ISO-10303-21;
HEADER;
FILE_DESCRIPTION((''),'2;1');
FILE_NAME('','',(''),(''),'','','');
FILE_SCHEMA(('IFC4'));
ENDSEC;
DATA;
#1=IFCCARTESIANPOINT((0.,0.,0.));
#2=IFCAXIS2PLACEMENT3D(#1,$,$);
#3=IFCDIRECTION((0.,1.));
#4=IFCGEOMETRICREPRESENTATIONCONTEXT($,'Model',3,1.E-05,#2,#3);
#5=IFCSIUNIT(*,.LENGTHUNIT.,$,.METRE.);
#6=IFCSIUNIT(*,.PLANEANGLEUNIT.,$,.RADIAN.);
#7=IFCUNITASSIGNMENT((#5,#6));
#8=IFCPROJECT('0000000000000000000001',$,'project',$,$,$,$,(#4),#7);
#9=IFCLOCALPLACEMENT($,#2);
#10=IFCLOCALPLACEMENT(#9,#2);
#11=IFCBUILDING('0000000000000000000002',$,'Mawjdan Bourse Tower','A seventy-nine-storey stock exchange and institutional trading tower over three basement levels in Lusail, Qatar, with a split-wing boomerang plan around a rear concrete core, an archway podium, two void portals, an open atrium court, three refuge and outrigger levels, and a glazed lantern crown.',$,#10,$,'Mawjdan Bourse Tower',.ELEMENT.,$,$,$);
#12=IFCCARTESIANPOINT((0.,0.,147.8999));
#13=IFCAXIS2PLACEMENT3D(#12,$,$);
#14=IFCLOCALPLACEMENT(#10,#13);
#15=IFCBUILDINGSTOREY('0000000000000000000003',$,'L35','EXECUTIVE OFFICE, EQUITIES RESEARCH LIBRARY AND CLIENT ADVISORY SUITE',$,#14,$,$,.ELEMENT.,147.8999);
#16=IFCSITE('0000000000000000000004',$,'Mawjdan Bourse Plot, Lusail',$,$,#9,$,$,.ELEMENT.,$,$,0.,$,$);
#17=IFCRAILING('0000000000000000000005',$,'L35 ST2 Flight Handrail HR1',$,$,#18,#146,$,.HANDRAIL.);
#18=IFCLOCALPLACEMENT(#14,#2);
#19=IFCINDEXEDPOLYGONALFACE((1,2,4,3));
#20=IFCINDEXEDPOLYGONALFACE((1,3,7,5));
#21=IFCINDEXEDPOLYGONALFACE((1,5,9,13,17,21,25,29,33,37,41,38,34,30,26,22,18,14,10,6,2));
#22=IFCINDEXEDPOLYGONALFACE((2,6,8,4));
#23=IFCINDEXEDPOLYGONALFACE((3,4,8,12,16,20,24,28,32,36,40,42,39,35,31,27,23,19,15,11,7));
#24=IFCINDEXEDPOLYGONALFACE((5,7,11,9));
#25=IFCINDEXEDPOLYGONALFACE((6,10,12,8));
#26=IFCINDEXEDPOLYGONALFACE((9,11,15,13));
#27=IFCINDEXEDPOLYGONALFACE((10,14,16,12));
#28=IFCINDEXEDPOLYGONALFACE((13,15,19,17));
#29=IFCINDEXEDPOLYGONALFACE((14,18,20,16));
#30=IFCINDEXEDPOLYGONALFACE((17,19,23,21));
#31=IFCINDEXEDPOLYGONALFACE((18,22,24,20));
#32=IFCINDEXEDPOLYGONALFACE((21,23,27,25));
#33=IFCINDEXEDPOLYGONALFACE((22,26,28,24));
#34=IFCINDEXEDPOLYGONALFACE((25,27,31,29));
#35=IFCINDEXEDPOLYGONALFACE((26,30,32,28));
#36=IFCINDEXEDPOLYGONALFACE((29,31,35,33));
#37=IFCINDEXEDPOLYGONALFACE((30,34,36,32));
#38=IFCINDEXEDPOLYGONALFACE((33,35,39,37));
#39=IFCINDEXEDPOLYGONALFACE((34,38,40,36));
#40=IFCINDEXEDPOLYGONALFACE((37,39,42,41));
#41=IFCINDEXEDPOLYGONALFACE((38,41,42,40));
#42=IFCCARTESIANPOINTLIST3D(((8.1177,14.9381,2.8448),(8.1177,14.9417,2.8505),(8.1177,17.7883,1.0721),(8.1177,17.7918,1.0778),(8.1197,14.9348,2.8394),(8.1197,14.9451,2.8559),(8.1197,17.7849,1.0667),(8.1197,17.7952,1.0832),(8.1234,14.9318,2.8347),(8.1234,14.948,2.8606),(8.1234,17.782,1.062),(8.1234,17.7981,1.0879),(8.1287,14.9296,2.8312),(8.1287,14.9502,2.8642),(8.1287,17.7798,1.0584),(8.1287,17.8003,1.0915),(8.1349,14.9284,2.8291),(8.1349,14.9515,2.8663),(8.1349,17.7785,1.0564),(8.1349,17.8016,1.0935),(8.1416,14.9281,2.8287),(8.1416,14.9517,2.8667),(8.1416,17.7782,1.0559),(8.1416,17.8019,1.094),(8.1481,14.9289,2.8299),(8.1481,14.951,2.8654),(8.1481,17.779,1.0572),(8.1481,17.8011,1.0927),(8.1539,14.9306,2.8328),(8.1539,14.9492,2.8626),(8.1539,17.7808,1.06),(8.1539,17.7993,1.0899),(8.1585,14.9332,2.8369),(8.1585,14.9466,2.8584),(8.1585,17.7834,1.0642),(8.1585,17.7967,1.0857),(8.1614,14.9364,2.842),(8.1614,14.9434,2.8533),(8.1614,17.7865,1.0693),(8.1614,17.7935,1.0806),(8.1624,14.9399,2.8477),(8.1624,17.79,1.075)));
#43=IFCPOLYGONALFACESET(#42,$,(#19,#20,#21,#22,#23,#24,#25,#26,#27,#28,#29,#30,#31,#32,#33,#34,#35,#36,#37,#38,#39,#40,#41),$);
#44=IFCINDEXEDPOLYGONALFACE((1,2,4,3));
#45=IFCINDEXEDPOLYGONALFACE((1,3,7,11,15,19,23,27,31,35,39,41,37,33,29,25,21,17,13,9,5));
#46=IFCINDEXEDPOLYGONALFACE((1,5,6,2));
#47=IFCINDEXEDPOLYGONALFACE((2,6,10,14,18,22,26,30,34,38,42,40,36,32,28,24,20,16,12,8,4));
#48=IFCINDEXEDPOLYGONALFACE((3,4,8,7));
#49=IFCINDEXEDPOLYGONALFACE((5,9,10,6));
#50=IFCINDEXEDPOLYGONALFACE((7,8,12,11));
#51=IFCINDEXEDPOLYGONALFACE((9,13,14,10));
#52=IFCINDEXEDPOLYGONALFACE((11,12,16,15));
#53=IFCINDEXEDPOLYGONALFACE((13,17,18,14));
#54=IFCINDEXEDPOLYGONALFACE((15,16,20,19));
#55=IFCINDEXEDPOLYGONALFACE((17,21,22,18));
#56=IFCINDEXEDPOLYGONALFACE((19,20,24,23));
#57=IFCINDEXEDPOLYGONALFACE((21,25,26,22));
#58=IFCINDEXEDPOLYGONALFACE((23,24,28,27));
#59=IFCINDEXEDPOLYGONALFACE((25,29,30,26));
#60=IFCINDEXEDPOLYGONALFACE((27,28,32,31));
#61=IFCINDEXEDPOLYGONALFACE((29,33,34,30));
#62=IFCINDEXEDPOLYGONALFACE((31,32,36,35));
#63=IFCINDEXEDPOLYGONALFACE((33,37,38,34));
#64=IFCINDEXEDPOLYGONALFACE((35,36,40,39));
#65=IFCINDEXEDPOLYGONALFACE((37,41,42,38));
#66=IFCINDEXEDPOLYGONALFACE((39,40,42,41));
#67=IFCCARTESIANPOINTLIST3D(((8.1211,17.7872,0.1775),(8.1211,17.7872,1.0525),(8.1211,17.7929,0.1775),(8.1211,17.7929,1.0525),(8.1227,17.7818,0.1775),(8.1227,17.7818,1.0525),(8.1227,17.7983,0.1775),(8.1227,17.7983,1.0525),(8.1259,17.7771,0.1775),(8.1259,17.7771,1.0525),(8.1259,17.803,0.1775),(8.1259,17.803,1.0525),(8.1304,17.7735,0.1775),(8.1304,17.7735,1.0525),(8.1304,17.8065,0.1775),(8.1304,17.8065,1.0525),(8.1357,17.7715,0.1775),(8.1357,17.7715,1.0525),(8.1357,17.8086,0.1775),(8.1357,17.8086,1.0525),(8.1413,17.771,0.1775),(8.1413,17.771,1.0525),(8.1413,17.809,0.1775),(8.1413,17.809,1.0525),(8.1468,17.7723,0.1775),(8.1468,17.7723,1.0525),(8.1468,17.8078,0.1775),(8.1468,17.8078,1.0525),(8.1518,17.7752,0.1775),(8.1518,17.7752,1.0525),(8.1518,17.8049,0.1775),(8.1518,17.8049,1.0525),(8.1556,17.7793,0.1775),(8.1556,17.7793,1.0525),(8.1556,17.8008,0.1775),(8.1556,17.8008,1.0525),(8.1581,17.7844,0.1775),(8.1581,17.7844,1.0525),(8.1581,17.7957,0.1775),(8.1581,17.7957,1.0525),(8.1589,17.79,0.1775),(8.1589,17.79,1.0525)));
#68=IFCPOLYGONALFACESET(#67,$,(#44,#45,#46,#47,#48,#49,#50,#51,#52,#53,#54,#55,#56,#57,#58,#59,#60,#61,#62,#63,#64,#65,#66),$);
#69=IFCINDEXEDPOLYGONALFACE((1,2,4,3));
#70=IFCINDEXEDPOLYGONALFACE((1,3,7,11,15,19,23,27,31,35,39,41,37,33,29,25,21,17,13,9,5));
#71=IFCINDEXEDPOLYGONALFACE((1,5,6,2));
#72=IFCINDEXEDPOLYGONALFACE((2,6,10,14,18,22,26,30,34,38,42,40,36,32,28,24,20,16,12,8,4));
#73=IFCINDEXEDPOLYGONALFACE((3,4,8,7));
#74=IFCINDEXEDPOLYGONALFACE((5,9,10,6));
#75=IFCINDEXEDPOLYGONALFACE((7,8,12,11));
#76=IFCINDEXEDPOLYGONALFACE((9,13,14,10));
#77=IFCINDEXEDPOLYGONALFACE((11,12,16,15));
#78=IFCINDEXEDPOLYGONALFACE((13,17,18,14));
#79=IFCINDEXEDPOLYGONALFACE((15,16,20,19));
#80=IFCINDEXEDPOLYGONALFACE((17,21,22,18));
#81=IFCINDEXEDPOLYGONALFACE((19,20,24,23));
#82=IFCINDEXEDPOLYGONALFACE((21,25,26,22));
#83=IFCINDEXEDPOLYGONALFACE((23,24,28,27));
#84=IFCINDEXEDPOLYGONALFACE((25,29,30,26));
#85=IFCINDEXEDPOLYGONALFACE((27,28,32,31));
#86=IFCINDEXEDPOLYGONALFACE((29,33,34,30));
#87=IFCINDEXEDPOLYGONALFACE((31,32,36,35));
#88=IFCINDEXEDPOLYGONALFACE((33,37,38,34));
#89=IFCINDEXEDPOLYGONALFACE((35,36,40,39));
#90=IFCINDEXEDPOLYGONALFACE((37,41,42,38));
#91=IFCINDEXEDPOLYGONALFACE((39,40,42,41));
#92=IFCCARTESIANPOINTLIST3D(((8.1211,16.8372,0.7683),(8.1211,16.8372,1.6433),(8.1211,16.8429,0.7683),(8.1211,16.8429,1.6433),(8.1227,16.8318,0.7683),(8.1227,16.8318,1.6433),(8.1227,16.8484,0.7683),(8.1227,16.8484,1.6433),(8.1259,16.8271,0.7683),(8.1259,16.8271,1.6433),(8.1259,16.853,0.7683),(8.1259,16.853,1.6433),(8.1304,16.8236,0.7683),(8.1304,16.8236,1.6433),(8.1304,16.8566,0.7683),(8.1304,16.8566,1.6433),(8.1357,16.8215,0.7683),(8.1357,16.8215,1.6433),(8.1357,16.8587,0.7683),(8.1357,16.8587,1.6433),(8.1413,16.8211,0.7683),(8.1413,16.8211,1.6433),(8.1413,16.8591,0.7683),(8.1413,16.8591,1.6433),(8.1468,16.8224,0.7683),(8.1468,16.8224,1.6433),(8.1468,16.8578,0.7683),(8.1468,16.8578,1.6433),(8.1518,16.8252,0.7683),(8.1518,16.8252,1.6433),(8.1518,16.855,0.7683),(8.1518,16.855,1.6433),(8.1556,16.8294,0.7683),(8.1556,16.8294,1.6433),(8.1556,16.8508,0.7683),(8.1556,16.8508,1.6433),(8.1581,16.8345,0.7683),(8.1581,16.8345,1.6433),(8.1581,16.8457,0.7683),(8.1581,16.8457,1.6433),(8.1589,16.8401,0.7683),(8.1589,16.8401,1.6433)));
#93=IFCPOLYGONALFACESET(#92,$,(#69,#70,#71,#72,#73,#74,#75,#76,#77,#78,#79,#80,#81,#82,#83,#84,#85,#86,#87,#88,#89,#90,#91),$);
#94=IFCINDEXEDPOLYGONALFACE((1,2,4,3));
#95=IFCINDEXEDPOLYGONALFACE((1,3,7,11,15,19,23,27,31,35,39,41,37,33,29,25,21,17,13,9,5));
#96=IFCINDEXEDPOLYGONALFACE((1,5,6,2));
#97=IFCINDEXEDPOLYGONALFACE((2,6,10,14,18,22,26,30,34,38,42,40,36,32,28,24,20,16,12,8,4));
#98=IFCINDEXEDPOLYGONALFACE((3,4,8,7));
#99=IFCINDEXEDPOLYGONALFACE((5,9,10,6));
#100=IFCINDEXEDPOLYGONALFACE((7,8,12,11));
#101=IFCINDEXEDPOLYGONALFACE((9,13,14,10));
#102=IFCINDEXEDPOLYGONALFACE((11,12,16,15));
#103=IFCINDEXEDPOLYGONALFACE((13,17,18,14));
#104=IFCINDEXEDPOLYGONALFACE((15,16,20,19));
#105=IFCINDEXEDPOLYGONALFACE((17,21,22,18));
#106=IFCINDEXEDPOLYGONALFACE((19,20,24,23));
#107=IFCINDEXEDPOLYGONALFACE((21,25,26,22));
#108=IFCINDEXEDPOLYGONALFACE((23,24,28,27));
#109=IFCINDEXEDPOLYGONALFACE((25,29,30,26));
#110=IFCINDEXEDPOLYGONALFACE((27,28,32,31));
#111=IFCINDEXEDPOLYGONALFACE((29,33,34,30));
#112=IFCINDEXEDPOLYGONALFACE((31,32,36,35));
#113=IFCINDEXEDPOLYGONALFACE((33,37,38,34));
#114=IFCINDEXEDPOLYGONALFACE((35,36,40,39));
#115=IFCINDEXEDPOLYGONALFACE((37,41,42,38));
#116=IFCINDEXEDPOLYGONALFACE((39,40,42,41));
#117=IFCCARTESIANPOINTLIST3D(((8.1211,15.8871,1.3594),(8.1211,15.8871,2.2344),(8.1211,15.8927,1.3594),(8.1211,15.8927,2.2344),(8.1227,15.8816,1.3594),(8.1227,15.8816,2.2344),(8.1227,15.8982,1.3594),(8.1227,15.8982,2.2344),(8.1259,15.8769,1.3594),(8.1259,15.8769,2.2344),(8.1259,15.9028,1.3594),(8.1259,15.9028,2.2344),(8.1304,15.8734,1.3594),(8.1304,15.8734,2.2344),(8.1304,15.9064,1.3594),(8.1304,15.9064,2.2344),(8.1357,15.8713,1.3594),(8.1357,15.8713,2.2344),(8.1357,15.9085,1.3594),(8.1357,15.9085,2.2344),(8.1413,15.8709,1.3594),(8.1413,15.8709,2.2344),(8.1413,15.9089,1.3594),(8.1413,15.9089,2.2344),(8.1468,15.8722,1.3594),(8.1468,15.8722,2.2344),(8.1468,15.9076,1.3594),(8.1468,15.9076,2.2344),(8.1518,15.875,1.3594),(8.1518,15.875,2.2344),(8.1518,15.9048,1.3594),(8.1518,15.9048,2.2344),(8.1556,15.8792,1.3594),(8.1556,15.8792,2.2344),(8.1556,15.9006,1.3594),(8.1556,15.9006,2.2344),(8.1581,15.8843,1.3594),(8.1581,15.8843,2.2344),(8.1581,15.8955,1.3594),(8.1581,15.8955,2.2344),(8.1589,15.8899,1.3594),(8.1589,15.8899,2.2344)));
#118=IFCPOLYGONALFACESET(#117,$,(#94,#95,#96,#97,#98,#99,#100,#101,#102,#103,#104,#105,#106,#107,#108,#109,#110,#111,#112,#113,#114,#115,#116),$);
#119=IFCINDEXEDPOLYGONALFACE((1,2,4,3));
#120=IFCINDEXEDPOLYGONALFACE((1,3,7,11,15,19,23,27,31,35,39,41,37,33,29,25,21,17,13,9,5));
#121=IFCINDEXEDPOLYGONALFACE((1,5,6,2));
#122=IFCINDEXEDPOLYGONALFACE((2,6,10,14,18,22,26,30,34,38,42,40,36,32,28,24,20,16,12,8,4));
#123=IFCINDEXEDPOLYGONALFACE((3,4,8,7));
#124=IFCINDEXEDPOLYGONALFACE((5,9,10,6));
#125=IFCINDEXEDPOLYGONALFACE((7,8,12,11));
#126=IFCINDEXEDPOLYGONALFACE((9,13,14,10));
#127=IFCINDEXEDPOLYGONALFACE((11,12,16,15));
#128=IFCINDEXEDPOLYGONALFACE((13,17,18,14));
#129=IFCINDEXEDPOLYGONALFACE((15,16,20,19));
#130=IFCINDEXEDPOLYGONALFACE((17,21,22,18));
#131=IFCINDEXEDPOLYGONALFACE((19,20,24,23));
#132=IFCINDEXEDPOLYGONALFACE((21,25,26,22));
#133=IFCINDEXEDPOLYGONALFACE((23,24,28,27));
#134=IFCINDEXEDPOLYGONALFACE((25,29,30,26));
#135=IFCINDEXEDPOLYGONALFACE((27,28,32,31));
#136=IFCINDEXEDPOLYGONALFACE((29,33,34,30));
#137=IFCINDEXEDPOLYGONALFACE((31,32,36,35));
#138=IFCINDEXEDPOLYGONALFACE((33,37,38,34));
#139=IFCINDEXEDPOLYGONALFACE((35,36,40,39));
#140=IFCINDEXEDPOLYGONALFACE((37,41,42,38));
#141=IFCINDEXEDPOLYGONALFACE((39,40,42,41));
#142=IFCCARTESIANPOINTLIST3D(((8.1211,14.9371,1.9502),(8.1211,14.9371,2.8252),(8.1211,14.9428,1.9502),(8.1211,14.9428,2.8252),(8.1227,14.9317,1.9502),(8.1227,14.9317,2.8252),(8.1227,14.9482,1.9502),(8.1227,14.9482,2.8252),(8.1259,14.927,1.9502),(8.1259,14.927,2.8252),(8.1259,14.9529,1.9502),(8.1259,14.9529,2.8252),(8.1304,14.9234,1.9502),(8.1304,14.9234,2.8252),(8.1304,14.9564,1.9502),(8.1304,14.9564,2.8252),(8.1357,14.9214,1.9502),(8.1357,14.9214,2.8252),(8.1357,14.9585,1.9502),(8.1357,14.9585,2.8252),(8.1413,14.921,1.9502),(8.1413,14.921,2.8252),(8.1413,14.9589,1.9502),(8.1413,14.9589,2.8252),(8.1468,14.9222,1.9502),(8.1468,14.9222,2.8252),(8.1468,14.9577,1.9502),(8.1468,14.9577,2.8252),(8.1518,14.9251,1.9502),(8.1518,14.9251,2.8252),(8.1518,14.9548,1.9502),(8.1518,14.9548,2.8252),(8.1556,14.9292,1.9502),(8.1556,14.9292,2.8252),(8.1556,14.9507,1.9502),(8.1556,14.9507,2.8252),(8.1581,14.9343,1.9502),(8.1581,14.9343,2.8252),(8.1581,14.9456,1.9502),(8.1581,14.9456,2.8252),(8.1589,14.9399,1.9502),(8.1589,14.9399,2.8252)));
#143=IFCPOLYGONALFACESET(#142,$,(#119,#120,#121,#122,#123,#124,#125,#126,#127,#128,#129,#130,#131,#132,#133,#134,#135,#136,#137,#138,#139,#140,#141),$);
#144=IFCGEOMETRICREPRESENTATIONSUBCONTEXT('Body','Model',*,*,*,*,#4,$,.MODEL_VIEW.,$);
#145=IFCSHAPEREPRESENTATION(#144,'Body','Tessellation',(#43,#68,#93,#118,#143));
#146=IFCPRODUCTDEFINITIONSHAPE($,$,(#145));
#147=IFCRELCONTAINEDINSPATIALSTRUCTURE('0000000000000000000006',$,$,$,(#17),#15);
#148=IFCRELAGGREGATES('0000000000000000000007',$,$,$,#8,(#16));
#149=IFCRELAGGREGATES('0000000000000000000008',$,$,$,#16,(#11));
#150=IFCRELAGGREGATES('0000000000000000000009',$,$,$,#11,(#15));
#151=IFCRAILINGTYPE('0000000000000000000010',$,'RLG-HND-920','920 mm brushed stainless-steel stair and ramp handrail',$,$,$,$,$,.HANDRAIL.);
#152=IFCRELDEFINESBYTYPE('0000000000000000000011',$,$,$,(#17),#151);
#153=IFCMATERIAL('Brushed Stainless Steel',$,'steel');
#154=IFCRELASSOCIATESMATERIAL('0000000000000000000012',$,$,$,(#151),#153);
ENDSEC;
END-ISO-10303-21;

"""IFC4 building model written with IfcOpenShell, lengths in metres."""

from ifc_helpers import new_model, si_unit, direction, frame, origin, origin_2d, place, context, subcontext, project, spatial, circle, extrude, material, type_object, element, save


model = new_model("IFC4")

# Units and contexts
model_context = context("Model", 3, precision=1e-05, world=origin(), true_north=direction((0.0, 1.0)))
body_context = subcontext(model_context, "Body", "Model", "MODEL_VIEW")
ifc_project = project(units=[si_unit("LENGTHUNIT", "METRE"), si_unit("PLANEANGLEUNIT", "RADIAN")], contexts=[model_context])

# Site, building, storey
site_placement = place(None, origin())
site = spatial("IfcSite", under=ifc_project, at=site_placement, Name="Mawjdan Bourse Plot, Lusail", CompositionType="ELEMENT", RefElevation=0.0)
building_placement = place(site_placement, origin())
building = spatial("IfcBuilding", under=site, at=building_placement, Name="Mawjdan Bourse Tower", Description="A seventy-nine-storey stock exchange and institutional trading tower over three basement levels in Lusail, Qatar, with a split-wing boomerang plan around a rear concrete core, an archway podium, two void portals, an open atrium court, three refuge and outrigger levels, and a glazed lantern crown.", LongName="Mawjdan Bourse Tower", CompositionType="ELEMENT")
storey_placement = place(building_placement, frame((0.0, 0.0, 147.8999)))
storey = spatial("IfcBuildingStorey", under=building, at=storey_placement, Name="L35", Description="EXECUTIVE OFFICE, EQUITIES RESEARCH LIBRARY AND CLIENT ADVISORY SUITE", CompositionType="ELEMENT", Elevation=147.8999)

# Railing
ifc_material_1 = material(Name="Brushed Stainless Steel", Category="steel")
railing_type_1 = type_object("IfcRailingType", Name="RLG-HND-920", Description="920 mm brushed stainless-steel stair and ramp handrail", PredefinedType="HANDRAIL", material=ifc_material_1)
for number, where, name in (
    (1, (8.1399, 17.79, 0.1775), "L35 ST2 Flight Handrail HR1"),
):
    element("IfcRailing", number, at=place(storey_placement, frame(where)), inside=storey, type_object=railing_type_1, Name=name, PredefinedType="HANDRAIL", context=body_context, shape_type="SweptSolid", body=[
        extrude(circle(Radius=0.0225, at=origin_2d()), frame((0.0, 0.0, 0.8975), z_axis=(0.0, -0.849149, 0.528154), x_axis=(1.0, 0.0, 0.0)), (0.0, 0.0, 1.0), 3.3564),
        extrude(circle(Radius=0.019, at=origin_2d()), origin(), (0.0, 0.0, 1.0), 0.875),
        extrude(circle(Radius=0.019, at=origin_2d()), frame((0.0, -0.95, 0.5908)), (0.0, 0.0, 1.0), 0.875),
        extrude(circle(Radius=0.019, at=origin_2d()), frame((0.0, -1.9001, 1.1819)), (0.0, 0.0, 1.0), 0.875),
        extrude(circle(Radius=0.019, at=origin_2d()), frame((0.0, -2.8501, 1.7727)), (0.0, 0.0, 1.0), 0.875),
    ])

save(model, "model.ifc")
